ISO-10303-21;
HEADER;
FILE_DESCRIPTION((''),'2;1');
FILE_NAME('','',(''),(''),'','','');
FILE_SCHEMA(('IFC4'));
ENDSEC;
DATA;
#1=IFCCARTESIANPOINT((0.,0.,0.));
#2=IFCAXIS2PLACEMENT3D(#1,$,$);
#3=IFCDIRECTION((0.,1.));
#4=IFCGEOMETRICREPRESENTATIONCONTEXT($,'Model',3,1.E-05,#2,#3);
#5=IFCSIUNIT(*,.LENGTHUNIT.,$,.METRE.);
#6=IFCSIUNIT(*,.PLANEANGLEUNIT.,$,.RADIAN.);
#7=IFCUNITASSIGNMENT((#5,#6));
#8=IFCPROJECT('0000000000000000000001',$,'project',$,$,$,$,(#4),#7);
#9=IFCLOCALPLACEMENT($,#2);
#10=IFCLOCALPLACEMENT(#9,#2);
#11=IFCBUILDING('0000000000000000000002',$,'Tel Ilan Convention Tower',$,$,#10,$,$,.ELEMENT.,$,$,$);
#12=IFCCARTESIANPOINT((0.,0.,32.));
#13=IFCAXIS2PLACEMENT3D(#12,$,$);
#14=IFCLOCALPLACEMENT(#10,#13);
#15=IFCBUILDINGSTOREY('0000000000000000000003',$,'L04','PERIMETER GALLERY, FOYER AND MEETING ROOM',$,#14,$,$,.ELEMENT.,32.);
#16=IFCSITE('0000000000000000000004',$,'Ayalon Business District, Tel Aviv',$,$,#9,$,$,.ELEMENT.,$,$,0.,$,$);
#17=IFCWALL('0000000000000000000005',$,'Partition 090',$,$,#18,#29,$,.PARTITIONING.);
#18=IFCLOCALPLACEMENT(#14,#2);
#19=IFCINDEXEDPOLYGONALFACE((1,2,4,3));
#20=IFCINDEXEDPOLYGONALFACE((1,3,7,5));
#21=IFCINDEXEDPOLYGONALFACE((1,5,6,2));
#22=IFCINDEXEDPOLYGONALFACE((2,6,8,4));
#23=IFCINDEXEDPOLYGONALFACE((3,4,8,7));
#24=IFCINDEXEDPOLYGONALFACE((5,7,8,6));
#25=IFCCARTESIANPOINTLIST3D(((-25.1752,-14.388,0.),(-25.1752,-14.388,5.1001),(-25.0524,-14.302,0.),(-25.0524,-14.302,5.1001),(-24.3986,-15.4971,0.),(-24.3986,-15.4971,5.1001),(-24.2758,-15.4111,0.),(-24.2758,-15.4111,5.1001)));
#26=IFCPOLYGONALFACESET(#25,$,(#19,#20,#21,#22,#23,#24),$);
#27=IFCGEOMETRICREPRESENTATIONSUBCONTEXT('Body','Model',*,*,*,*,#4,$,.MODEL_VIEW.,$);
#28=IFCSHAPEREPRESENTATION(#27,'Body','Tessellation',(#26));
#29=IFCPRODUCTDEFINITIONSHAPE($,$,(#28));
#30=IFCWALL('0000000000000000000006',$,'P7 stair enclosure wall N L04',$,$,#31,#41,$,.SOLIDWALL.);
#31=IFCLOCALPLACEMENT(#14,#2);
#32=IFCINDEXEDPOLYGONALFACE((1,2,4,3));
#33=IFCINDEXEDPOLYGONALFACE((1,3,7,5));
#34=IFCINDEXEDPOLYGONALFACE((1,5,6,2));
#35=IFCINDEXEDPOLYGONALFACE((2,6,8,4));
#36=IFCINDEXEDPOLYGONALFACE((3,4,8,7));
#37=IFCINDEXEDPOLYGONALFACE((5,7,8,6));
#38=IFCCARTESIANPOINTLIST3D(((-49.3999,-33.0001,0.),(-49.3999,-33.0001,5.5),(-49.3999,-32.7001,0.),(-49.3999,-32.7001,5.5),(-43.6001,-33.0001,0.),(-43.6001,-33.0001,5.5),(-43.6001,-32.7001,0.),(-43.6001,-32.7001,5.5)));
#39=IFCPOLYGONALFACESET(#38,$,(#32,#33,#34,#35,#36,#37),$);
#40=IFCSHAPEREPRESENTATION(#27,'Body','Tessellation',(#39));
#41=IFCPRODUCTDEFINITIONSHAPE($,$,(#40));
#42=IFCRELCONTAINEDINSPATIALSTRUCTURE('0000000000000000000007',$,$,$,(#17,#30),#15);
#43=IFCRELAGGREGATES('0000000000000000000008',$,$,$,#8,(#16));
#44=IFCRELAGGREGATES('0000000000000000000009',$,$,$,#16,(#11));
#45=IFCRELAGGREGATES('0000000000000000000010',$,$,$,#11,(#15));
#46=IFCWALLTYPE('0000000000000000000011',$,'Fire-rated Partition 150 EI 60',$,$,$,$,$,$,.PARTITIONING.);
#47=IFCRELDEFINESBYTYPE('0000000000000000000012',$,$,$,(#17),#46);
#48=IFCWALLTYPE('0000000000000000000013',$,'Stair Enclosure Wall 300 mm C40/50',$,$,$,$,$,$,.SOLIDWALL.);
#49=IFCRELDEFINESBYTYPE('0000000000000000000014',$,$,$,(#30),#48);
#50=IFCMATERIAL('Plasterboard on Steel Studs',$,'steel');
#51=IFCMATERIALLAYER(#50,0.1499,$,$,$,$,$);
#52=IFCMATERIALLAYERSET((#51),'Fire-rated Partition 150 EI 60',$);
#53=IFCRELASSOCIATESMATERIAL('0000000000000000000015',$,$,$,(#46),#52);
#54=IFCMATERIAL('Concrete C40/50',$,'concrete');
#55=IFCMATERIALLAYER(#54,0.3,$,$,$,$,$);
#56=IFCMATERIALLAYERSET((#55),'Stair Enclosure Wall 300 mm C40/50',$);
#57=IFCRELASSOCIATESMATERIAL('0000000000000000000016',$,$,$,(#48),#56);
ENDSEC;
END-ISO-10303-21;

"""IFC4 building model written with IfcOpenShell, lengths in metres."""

from ifc_helpers import new_model, si_unit, direction, frame, frame_2d, origin, place, context, subcontext, project, spatial, rectangle, extrude, material, layer, layer_set, type_object, element, save


model = new_model("IFC4")

# Units and contexts
model_context = context("Model", 3, precision=1e-05, world=origin(), true_north=direction((0.0, 1.0)))
body_context = subcontext(model_context, "Body", "Model", "MODEL_VIEW")
ifc_project = project(units=[si_unit("LENGTHUNIT", "METRE"), si_unit("PLANEANGLEUNIT", "RADIAN")], contexts=[model_context])

# Site, building, storey
site_placement = place(None, origin())
site = spatial("IfcSite", under=ifc_project, at=site_placement, Name="Ayalon Business District, Tel Aviv", CompositionType="ELEMENT", RefElevation=0.0)
building_placement = place(site_placement, origin())
building = spatial("IfcBuilding", under=site, at=building_placement, Name="Tel Ilan Convention Tower", CompositionType="ELEMENT")
storey_placement = place(building_placement, frame((0.0, 0.0, 32.0)))
storey = spatial("IfcBuildingStorey", under=building, at=storey_placement, Name="L04", Description="PERIMETER GALLERY, FOYER AND MEETING ROOM", CompositionType="ELEMENT", Elevation=32.0)

# Shared definitions
ifc_material_1 = material(Name="Plasterboard on Steel Studs", Category="steel")
ifc_layer_1 = layer(ifc_material_1, 0.1499)
ifc_layer_set_1 = layer_set([ifc_layer_1], Name="Fire-rated Partition 150 EI 60")
wall_type_1 = type_object("IfcWallType", Name="Fire-rated Partition 150 EI 60", PredefinedType="PARTITIONING", material=ifc_layer_set_1)

# Walls
wall_1_placement = place(storey_placement, frame((-24.3372, -15.4541, 0.0), z_axis=(0.0, 0.0, 1.0), x_axis=(-0.573571, 0.819156, 0.0)))
element("IfcWall", 1, at=wall_1_placement, inside=storey, type_object=wall_type_1, Name="Partition 090", PredefinedType="PARTITIONING", context=body_context, shape_type="SweptSolid", body=[
    extrude(rectangle(XDim=1.354, YDim=0.1499, at=frame_2d((0.677, 0.0))), origin(), (0.0, 0.0, 1.0), 5.1001),
])
ifc_material_2 = material(Name="Concrete C40/50", Category="concrete")
ifc_layer_2 = layer(ifc_material_2, 0.3)
ifc_layer_set_2 = layer_set([ifc_layer_2], Name="Stair Enclosure Wall 300 mm C40/50")
wall_type_2 = type_object("IfcWallType", Name="Stair Enclosure Wall 300 mm C40/50", PredefinedType="SOLIDWALL", material=ifc_layer_set_2)
wall_2_placement = place(storey_placement, frame((-49.3999, -32.8501, 0.0), z_axis=(0.0, 0.0, 1.0), x_axis=(1.0, 0.0, 0.0)))
element("IfcWall", 2, at=wall_2_placement, inside=storey, type_object=wall_type_2, Name="P7 stair enclosure wall N L04", PredefinedType="SOLIDWALL", context=body_context, shape_type="SweptSolid", body=[
    extrude(rectangle(XDim=5.7998, YDim=0.3, at=frame_2d((2.8999, 0.0))), origin(), (0.0, 0.0, 1.0), 5.5),
])

save(model, "model.ifc")
